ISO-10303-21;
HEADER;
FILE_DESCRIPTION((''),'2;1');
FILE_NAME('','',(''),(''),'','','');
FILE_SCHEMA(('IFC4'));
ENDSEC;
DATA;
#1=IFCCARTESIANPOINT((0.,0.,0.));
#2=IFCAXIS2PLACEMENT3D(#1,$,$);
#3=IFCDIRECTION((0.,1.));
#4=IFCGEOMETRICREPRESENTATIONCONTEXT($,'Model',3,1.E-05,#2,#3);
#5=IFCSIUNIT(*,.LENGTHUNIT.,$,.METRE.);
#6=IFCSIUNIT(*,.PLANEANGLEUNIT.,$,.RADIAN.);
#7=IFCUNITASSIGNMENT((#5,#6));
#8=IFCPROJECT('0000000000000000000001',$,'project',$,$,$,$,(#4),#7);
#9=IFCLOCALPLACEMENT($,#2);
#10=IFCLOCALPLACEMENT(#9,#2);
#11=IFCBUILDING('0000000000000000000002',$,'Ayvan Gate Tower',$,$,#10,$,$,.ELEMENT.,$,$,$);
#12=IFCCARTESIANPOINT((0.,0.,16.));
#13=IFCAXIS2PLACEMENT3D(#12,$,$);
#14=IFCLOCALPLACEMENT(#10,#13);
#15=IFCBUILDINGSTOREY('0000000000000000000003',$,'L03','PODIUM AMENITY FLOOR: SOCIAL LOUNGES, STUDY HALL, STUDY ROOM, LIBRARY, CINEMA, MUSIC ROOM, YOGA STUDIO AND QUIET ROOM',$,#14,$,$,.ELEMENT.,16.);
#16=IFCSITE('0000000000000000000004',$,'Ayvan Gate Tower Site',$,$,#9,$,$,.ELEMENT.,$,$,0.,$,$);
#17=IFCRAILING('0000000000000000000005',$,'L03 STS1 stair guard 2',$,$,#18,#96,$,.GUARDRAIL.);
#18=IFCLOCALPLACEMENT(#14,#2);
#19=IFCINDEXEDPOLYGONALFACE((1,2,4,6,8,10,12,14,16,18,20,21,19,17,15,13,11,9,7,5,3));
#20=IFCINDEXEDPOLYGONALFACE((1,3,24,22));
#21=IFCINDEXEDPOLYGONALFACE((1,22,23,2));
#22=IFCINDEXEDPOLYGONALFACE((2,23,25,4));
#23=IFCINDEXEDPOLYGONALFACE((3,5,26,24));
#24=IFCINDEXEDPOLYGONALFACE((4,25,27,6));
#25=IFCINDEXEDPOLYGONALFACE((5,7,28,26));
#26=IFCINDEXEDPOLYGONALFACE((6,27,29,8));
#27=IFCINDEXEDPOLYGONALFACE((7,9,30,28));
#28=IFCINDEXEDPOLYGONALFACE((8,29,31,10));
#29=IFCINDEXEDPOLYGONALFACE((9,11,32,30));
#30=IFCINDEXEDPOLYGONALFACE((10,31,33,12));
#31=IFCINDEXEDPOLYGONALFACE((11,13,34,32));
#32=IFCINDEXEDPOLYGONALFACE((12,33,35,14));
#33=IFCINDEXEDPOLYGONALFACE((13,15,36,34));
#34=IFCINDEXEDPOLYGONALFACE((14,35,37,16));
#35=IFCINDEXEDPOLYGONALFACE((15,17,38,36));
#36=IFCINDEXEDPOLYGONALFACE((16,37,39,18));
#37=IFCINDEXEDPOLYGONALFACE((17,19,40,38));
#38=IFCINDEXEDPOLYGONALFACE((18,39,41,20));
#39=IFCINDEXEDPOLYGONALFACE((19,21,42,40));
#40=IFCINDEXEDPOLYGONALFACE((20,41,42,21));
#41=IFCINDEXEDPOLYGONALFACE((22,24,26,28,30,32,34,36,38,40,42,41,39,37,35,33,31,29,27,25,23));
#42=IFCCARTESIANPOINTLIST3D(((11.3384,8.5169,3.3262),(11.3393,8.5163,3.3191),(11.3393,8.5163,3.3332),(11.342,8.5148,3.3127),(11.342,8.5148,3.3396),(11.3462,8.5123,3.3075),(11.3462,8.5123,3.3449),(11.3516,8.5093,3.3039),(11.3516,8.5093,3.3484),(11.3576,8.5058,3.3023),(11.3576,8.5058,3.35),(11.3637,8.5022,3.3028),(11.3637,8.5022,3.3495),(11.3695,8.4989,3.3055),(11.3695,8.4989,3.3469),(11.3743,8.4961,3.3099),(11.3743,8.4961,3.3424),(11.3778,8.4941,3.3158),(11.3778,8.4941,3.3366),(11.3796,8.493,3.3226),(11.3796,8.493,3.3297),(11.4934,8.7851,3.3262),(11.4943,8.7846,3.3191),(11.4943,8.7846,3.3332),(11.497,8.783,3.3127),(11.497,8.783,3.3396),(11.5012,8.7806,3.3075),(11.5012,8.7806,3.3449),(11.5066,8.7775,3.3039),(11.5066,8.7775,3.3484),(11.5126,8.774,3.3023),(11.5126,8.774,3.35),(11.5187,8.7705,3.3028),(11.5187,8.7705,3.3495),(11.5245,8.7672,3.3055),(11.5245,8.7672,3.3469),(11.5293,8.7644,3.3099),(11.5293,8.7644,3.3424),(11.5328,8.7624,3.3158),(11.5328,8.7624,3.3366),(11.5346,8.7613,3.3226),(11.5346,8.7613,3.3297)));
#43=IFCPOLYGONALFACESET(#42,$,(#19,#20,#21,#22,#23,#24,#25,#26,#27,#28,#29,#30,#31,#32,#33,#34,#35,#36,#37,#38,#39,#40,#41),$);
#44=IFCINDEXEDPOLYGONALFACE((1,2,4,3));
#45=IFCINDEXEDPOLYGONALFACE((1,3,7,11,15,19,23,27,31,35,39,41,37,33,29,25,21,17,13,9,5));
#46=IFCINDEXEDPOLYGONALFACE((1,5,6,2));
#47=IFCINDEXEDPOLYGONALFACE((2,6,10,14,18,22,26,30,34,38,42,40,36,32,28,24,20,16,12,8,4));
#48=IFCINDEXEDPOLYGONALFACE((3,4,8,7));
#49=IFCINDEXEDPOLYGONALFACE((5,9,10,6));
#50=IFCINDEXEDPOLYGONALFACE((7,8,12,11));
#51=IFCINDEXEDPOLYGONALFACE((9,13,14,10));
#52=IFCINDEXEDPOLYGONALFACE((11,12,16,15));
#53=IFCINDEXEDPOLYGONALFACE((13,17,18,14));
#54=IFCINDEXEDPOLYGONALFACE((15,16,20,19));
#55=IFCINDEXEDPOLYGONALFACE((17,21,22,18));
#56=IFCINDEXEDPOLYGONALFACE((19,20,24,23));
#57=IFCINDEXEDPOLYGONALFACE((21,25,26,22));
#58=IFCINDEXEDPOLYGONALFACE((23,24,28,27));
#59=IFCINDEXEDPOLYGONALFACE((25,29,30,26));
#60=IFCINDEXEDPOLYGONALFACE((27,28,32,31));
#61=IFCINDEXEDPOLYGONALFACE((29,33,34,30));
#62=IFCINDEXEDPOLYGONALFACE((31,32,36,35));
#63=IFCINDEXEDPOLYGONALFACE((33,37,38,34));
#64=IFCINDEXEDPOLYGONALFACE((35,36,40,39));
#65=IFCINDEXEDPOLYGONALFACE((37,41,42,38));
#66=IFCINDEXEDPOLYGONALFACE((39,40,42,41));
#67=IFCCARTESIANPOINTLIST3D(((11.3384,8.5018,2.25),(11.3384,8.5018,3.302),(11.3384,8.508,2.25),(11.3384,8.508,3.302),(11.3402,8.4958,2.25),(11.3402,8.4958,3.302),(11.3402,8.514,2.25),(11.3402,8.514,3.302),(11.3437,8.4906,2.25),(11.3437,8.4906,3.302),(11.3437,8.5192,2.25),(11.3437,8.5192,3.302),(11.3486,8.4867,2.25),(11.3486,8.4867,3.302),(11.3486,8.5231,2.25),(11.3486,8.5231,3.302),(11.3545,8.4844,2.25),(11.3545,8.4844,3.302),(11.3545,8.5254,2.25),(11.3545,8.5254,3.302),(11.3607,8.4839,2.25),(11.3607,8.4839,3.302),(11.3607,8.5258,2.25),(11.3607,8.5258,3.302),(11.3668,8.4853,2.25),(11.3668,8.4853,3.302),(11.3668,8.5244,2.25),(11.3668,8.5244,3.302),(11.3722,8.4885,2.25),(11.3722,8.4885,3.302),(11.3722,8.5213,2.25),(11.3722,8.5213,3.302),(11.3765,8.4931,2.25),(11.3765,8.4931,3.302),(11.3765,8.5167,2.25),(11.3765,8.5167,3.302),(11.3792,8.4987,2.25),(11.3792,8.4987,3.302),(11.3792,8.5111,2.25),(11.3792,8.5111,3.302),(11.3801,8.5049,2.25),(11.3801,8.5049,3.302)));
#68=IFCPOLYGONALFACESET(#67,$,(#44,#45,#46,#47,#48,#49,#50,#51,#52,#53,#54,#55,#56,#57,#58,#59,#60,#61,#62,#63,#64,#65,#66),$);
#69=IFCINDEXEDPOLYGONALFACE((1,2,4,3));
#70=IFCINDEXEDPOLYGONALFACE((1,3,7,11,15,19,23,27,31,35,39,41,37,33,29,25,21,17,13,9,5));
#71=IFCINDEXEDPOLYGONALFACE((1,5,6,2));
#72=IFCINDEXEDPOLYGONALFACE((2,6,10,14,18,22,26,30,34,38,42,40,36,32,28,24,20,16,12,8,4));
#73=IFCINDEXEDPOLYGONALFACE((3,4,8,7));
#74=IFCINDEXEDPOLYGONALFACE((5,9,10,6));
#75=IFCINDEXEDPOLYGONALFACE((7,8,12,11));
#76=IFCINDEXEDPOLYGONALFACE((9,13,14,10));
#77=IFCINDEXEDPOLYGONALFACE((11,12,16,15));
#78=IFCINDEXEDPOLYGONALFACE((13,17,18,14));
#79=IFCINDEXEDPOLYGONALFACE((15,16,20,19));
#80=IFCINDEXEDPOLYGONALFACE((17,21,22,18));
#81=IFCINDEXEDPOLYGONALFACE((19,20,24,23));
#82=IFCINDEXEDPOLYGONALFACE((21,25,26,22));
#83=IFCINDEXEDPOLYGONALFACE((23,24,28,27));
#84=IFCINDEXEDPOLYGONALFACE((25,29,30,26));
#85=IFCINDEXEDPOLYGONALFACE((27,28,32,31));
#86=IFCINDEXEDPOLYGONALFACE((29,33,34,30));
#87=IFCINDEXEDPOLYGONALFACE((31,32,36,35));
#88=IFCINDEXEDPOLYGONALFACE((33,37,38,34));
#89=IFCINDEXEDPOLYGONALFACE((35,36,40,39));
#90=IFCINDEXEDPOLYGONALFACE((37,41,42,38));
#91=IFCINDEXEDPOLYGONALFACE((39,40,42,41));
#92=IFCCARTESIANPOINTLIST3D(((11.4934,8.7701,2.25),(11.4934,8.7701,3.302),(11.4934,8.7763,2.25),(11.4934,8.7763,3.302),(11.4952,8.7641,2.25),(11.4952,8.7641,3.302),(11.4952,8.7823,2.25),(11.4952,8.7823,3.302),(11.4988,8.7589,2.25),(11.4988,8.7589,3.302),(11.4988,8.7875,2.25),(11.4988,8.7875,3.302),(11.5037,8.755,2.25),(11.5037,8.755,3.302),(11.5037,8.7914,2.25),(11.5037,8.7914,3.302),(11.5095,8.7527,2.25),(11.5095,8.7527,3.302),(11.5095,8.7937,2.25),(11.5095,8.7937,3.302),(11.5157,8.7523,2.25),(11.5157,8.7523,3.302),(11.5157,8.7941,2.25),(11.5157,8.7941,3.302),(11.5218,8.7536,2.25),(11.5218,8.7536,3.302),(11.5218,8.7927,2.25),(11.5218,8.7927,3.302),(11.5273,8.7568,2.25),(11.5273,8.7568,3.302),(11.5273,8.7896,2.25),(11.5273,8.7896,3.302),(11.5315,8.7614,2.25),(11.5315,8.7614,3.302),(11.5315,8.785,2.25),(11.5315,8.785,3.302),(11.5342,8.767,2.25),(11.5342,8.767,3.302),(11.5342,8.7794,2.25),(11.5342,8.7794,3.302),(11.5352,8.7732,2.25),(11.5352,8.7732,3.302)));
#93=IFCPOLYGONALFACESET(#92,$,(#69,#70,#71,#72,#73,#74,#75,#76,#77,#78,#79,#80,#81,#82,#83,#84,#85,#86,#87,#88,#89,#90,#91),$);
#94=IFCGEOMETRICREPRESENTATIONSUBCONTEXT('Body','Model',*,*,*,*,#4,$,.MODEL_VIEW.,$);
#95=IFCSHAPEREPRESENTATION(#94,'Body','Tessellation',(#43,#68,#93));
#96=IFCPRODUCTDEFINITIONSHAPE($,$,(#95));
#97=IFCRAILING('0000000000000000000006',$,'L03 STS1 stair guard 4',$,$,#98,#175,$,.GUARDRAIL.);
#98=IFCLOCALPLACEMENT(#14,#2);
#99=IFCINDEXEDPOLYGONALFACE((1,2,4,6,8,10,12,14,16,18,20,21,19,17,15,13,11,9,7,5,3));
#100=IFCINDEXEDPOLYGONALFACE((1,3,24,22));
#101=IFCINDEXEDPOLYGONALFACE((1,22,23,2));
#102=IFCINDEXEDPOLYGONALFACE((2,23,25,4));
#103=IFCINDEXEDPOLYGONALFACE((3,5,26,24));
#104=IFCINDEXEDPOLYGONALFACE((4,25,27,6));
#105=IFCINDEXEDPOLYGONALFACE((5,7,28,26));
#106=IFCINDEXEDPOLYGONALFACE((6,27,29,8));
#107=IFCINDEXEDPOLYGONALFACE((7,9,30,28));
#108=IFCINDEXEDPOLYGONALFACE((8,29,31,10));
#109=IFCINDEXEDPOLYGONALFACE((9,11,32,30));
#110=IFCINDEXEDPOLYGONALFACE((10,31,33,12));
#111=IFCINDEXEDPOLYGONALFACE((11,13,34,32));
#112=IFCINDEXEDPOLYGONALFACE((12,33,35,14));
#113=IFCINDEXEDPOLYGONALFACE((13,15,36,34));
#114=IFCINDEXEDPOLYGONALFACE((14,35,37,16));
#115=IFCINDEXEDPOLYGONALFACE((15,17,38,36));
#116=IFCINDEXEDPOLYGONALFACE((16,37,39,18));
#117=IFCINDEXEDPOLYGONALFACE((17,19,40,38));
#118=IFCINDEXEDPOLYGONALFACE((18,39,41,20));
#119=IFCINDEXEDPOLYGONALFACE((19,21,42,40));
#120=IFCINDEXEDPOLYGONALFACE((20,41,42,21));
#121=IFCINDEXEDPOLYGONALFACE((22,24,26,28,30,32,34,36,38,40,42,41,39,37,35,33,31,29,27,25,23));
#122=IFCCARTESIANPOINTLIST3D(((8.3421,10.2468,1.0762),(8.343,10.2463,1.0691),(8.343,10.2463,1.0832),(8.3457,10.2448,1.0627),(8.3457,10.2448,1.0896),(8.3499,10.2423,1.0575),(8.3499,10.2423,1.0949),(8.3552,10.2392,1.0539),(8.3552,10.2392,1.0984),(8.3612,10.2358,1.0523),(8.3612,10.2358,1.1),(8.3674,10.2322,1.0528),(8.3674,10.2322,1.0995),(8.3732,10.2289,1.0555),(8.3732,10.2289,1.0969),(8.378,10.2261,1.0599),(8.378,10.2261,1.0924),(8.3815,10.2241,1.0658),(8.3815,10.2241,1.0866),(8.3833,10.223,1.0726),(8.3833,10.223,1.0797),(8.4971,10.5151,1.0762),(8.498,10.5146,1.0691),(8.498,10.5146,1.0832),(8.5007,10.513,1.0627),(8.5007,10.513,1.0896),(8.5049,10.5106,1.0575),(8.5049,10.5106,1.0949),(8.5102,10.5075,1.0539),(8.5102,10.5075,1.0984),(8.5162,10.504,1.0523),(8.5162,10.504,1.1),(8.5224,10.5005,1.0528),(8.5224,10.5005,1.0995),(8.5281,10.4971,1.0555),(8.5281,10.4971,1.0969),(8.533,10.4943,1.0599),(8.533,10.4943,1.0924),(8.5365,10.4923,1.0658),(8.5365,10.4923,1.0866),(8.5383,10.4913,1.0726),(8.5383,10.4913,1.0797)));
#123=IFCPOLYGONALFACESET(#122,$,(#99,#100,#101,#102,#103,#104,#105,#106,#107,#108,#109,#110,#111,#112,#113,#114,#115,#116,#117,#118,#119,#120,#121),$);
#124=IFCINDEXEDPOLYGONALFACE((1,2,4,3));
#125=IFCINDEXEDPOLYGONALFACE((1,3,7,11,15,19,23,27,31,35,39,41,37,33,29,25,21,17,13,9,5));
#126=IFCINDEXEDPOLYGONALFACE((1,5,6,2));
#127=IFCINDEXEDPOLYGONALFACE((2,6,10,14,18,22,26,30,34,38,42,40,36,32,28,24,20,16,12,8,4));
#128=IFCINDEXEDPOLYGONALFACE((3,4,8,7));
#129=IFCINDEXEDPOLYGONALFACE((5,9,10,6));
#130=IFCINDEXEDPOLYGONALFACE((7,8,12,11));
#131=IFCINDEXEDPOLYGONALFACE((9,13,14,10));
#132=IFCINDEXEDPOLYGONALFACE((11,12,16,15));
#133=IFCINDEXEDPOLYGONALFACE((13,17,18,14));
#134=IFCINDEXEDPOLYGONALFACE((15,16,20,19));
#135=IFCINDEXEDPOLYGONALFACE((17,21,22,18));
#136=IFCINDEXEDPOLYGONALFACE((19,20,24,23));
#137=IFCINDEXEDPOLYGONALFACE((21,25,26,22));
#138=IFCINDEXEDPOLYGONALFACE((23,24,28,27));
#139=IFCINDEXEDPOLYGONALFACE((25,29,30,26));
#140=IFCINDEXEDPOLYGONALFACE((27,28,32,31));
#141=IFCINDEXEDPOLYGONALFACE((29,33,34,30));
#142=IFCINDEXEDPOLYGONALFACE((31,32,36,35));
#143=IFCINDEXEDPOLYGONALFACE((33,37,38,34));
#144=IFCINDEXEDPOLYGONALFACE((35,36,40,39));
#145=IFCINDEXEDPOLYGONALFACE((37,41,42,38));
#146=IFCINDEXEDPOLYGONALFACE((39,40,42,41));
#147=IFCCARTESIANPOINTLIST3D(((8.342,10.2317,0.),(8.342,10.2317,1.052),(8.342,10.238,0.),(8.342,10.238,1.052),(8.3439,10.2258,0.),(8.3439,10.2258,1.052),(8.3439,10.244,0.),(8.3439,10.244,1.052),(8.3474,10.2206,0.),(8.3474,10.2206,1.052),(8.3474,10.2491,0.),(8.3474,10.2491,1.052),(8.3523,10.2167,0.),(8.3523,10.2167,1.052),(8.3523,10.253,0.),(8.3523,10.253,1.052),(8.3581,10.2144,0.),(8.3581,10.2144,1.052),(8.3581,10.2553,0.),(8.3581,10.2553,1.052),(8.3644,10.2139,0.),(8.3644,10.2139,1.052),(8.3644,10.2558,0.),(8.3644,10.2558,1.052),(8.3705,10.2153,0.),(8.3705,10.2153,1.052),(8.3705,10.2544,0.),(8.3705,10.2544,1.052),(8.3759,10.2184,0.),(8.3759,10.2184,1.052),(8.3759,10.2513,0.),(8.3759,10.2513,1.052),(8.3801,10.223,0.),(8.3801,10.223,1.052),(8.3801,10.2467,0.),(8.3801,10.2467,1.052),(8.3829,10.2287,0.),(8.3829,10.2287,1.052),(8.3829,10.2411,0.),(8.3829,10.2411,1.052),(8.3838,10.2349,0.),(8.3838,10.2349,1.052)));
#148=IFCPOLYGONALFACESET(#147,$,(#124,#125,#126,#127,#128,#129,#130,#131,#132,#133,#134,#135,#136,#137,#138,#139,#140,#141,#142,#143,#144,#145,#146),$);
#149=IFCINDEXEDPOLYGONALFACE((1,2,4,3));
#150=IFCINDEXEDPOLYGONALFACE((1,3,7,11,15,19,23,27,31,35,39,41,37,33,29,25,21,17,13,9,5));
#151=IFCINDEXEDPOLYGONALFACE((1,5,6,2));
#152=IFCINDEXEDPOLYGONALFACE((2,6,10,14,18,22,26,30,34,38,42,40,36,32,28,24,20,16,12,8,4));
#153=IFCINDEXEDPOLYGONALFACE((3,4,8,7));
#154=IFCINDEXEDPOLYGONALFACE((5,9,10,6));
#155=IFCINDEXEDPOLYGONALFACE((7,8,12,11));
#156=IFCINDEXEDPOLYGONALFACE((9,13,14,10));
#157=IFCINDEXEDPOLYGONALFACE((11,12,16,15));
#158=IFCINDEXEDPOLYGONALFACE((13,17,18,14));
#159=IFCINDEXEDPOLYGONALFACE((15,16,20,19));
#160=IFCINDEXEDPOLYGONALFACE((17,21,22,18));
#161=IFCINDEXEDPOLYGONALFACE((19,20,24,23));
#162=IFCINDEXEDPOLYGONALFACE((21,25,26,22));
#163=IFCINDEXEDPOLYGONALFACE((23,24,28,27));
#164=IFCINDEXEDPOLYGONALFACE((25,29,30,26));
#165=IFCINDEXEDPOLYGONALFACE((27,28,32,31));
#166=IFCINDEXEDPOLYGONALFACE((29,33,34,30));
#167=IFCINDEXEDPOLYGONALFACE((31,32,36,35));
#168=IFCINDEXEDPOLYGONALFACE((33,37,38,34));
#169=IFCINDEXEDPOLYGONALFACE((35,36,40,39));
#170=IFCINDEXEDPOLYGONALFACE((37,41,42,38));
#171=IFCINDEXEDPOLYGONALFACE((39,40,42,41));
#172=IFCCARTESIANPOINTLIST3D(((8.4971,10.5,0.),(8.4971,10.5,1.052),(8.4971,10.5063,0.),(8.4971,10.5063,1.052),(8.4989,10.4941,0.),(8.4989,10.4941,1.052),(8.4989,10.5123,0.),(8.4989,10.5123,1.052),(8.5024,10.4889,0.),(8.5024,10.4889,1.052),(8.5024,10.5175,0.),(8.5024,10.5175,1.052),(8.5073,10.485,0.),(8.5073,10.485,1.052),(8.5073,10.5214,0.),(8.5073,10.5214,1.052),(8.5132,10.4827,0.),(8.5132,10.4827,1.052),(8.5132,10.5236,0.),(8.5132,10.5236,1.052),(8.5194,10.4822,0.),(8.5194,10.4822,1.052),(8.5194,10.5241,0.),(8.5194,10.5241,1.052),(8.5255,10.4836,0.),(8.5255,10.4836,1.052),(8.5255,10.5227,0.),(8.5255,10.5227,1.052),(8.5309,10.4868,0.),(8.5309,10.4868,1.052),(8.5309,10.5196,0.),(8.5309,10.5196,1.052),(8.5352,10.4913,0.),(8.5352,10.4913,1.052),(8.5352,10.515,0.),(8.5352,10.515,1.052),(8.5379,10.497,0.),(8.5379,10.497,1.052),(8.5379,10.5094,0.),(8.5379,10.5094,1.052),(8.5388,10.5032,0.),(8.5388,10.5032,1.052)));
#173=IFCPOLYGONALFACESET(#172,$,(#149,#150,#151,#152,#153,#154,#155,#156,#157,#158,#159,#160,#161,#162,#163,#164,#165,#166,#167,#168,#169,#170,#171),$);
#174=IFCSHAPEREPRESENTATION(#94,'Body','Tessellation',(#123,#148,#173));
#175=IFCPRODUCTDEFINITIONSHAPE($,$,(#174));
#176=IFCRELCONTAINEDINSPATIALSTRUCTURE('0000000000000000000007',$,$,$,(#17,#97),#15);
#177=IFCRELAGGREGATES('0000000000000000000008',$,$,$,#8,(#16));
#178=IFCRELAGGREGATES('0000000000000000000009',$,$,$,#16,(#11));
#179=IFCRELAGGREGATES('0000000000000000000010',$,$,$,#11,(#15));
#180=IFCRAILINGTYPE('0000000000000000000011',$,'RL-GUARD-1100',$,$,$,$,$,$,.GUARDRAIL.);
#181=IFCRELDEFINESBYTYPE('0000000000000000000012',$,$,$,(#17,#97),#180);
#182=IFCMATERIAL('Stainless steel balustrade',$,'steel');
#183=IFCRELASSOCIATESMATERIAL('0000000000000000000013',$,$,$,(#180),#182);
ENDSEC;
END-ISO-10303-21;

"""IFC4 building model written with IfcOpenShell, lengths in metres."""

from ifc_helpers import new_model, si_unit, direction, frame, origin, origin_2d, place, context, subcontext, project, spatial, circle, extrude, material, type_object, element, save


model = new_model("IFC4")

# Units and contexts
model_context = context("Model", 3, precision=1e-05, world=origin(), true_north=direction((0.0, 1.0)))
body_context = subcontext(model_context, "Body", "Model", "MODEL_VIEW")
ifc_project = project(units=[si_unit("LENGTHUNIT", "METRE"), si_unit("PLANEANGLEUNIT", "RADIAN")], contexts=[model_context])

# Site, building, storey
site_placement = place(None, origin())
site = spatial("IfcSite", under=ifc_project, at=site_placement, Name="Ayvan Gate Tower Site", CompositionType="ELEMENT", RefElevation=0.0)
building_placement = place(site_placement, origin())
building = spatial("IfcBuilding", under=site, at=building_placement, Name="Ayvan Gate Tower", CompositionType="ELEMENT")
storey_placement = place(building_placement, frame((0.0, 0.0, 16.0)))
storey = spatial("IfcBuildingStorey", under=building, at=storey_placement, Name="L03", Description="PODIUM AMENITY FLOOR: SOCIAL LOUNGES, STUDY HALL, STUDY ROOM, LIBRARY, CINEMA, MUSIC ROOM, YOGA STUDIO AND QUIET ROOM", CompositionType="ELEMENT", Elevation=16.0)

# Railings
ifc_material_1 = material(Name="Stainless steel balustrade", Category="steel")
railing_type_1 = type_object("IfcRailingType", Name="RL-GUARD-1100", PredefinedType="GUARDRAIL", material=ifc_material_1)
for number, where, name in (
    (1, (11.3591, 8.5049, 2.25), "L03 STS1 stair guard 2"),
    (2, (8.3628, 10.2349, 0.0), "L03 STS1 stair guard 4"),
):
    element("IfcRailing", number, at=place(storey_placement, frame(where)), inside=storey, type_object=railing_type_1, Name=name, PredefinedType="GUARDRAIL", context=body_context, shape_type="SweptSolid", body=[
        extrude(circle(Radius=0.0239, at=origin_2d()), frame((0.0, 0.0, 1.0762), z_axis=(0.500291, 0.865857, 0.0), x_axis=(-0.865857, 0.500291, 0.0)), (0.0, 0.0, 1.0), 0.3098),
        extrude(circle(Radius=0.021, at=origin_2d()), origin(), (0.0, 0.0, 1.0), 1.052),
        extrude(circle(Radius=0.021, at=origin_2d()), frame((0.155, 0.2683, 0.0)), (0.0, 0.0, 1.0), 1.052),
    ])

save(model, "model.ifc")
